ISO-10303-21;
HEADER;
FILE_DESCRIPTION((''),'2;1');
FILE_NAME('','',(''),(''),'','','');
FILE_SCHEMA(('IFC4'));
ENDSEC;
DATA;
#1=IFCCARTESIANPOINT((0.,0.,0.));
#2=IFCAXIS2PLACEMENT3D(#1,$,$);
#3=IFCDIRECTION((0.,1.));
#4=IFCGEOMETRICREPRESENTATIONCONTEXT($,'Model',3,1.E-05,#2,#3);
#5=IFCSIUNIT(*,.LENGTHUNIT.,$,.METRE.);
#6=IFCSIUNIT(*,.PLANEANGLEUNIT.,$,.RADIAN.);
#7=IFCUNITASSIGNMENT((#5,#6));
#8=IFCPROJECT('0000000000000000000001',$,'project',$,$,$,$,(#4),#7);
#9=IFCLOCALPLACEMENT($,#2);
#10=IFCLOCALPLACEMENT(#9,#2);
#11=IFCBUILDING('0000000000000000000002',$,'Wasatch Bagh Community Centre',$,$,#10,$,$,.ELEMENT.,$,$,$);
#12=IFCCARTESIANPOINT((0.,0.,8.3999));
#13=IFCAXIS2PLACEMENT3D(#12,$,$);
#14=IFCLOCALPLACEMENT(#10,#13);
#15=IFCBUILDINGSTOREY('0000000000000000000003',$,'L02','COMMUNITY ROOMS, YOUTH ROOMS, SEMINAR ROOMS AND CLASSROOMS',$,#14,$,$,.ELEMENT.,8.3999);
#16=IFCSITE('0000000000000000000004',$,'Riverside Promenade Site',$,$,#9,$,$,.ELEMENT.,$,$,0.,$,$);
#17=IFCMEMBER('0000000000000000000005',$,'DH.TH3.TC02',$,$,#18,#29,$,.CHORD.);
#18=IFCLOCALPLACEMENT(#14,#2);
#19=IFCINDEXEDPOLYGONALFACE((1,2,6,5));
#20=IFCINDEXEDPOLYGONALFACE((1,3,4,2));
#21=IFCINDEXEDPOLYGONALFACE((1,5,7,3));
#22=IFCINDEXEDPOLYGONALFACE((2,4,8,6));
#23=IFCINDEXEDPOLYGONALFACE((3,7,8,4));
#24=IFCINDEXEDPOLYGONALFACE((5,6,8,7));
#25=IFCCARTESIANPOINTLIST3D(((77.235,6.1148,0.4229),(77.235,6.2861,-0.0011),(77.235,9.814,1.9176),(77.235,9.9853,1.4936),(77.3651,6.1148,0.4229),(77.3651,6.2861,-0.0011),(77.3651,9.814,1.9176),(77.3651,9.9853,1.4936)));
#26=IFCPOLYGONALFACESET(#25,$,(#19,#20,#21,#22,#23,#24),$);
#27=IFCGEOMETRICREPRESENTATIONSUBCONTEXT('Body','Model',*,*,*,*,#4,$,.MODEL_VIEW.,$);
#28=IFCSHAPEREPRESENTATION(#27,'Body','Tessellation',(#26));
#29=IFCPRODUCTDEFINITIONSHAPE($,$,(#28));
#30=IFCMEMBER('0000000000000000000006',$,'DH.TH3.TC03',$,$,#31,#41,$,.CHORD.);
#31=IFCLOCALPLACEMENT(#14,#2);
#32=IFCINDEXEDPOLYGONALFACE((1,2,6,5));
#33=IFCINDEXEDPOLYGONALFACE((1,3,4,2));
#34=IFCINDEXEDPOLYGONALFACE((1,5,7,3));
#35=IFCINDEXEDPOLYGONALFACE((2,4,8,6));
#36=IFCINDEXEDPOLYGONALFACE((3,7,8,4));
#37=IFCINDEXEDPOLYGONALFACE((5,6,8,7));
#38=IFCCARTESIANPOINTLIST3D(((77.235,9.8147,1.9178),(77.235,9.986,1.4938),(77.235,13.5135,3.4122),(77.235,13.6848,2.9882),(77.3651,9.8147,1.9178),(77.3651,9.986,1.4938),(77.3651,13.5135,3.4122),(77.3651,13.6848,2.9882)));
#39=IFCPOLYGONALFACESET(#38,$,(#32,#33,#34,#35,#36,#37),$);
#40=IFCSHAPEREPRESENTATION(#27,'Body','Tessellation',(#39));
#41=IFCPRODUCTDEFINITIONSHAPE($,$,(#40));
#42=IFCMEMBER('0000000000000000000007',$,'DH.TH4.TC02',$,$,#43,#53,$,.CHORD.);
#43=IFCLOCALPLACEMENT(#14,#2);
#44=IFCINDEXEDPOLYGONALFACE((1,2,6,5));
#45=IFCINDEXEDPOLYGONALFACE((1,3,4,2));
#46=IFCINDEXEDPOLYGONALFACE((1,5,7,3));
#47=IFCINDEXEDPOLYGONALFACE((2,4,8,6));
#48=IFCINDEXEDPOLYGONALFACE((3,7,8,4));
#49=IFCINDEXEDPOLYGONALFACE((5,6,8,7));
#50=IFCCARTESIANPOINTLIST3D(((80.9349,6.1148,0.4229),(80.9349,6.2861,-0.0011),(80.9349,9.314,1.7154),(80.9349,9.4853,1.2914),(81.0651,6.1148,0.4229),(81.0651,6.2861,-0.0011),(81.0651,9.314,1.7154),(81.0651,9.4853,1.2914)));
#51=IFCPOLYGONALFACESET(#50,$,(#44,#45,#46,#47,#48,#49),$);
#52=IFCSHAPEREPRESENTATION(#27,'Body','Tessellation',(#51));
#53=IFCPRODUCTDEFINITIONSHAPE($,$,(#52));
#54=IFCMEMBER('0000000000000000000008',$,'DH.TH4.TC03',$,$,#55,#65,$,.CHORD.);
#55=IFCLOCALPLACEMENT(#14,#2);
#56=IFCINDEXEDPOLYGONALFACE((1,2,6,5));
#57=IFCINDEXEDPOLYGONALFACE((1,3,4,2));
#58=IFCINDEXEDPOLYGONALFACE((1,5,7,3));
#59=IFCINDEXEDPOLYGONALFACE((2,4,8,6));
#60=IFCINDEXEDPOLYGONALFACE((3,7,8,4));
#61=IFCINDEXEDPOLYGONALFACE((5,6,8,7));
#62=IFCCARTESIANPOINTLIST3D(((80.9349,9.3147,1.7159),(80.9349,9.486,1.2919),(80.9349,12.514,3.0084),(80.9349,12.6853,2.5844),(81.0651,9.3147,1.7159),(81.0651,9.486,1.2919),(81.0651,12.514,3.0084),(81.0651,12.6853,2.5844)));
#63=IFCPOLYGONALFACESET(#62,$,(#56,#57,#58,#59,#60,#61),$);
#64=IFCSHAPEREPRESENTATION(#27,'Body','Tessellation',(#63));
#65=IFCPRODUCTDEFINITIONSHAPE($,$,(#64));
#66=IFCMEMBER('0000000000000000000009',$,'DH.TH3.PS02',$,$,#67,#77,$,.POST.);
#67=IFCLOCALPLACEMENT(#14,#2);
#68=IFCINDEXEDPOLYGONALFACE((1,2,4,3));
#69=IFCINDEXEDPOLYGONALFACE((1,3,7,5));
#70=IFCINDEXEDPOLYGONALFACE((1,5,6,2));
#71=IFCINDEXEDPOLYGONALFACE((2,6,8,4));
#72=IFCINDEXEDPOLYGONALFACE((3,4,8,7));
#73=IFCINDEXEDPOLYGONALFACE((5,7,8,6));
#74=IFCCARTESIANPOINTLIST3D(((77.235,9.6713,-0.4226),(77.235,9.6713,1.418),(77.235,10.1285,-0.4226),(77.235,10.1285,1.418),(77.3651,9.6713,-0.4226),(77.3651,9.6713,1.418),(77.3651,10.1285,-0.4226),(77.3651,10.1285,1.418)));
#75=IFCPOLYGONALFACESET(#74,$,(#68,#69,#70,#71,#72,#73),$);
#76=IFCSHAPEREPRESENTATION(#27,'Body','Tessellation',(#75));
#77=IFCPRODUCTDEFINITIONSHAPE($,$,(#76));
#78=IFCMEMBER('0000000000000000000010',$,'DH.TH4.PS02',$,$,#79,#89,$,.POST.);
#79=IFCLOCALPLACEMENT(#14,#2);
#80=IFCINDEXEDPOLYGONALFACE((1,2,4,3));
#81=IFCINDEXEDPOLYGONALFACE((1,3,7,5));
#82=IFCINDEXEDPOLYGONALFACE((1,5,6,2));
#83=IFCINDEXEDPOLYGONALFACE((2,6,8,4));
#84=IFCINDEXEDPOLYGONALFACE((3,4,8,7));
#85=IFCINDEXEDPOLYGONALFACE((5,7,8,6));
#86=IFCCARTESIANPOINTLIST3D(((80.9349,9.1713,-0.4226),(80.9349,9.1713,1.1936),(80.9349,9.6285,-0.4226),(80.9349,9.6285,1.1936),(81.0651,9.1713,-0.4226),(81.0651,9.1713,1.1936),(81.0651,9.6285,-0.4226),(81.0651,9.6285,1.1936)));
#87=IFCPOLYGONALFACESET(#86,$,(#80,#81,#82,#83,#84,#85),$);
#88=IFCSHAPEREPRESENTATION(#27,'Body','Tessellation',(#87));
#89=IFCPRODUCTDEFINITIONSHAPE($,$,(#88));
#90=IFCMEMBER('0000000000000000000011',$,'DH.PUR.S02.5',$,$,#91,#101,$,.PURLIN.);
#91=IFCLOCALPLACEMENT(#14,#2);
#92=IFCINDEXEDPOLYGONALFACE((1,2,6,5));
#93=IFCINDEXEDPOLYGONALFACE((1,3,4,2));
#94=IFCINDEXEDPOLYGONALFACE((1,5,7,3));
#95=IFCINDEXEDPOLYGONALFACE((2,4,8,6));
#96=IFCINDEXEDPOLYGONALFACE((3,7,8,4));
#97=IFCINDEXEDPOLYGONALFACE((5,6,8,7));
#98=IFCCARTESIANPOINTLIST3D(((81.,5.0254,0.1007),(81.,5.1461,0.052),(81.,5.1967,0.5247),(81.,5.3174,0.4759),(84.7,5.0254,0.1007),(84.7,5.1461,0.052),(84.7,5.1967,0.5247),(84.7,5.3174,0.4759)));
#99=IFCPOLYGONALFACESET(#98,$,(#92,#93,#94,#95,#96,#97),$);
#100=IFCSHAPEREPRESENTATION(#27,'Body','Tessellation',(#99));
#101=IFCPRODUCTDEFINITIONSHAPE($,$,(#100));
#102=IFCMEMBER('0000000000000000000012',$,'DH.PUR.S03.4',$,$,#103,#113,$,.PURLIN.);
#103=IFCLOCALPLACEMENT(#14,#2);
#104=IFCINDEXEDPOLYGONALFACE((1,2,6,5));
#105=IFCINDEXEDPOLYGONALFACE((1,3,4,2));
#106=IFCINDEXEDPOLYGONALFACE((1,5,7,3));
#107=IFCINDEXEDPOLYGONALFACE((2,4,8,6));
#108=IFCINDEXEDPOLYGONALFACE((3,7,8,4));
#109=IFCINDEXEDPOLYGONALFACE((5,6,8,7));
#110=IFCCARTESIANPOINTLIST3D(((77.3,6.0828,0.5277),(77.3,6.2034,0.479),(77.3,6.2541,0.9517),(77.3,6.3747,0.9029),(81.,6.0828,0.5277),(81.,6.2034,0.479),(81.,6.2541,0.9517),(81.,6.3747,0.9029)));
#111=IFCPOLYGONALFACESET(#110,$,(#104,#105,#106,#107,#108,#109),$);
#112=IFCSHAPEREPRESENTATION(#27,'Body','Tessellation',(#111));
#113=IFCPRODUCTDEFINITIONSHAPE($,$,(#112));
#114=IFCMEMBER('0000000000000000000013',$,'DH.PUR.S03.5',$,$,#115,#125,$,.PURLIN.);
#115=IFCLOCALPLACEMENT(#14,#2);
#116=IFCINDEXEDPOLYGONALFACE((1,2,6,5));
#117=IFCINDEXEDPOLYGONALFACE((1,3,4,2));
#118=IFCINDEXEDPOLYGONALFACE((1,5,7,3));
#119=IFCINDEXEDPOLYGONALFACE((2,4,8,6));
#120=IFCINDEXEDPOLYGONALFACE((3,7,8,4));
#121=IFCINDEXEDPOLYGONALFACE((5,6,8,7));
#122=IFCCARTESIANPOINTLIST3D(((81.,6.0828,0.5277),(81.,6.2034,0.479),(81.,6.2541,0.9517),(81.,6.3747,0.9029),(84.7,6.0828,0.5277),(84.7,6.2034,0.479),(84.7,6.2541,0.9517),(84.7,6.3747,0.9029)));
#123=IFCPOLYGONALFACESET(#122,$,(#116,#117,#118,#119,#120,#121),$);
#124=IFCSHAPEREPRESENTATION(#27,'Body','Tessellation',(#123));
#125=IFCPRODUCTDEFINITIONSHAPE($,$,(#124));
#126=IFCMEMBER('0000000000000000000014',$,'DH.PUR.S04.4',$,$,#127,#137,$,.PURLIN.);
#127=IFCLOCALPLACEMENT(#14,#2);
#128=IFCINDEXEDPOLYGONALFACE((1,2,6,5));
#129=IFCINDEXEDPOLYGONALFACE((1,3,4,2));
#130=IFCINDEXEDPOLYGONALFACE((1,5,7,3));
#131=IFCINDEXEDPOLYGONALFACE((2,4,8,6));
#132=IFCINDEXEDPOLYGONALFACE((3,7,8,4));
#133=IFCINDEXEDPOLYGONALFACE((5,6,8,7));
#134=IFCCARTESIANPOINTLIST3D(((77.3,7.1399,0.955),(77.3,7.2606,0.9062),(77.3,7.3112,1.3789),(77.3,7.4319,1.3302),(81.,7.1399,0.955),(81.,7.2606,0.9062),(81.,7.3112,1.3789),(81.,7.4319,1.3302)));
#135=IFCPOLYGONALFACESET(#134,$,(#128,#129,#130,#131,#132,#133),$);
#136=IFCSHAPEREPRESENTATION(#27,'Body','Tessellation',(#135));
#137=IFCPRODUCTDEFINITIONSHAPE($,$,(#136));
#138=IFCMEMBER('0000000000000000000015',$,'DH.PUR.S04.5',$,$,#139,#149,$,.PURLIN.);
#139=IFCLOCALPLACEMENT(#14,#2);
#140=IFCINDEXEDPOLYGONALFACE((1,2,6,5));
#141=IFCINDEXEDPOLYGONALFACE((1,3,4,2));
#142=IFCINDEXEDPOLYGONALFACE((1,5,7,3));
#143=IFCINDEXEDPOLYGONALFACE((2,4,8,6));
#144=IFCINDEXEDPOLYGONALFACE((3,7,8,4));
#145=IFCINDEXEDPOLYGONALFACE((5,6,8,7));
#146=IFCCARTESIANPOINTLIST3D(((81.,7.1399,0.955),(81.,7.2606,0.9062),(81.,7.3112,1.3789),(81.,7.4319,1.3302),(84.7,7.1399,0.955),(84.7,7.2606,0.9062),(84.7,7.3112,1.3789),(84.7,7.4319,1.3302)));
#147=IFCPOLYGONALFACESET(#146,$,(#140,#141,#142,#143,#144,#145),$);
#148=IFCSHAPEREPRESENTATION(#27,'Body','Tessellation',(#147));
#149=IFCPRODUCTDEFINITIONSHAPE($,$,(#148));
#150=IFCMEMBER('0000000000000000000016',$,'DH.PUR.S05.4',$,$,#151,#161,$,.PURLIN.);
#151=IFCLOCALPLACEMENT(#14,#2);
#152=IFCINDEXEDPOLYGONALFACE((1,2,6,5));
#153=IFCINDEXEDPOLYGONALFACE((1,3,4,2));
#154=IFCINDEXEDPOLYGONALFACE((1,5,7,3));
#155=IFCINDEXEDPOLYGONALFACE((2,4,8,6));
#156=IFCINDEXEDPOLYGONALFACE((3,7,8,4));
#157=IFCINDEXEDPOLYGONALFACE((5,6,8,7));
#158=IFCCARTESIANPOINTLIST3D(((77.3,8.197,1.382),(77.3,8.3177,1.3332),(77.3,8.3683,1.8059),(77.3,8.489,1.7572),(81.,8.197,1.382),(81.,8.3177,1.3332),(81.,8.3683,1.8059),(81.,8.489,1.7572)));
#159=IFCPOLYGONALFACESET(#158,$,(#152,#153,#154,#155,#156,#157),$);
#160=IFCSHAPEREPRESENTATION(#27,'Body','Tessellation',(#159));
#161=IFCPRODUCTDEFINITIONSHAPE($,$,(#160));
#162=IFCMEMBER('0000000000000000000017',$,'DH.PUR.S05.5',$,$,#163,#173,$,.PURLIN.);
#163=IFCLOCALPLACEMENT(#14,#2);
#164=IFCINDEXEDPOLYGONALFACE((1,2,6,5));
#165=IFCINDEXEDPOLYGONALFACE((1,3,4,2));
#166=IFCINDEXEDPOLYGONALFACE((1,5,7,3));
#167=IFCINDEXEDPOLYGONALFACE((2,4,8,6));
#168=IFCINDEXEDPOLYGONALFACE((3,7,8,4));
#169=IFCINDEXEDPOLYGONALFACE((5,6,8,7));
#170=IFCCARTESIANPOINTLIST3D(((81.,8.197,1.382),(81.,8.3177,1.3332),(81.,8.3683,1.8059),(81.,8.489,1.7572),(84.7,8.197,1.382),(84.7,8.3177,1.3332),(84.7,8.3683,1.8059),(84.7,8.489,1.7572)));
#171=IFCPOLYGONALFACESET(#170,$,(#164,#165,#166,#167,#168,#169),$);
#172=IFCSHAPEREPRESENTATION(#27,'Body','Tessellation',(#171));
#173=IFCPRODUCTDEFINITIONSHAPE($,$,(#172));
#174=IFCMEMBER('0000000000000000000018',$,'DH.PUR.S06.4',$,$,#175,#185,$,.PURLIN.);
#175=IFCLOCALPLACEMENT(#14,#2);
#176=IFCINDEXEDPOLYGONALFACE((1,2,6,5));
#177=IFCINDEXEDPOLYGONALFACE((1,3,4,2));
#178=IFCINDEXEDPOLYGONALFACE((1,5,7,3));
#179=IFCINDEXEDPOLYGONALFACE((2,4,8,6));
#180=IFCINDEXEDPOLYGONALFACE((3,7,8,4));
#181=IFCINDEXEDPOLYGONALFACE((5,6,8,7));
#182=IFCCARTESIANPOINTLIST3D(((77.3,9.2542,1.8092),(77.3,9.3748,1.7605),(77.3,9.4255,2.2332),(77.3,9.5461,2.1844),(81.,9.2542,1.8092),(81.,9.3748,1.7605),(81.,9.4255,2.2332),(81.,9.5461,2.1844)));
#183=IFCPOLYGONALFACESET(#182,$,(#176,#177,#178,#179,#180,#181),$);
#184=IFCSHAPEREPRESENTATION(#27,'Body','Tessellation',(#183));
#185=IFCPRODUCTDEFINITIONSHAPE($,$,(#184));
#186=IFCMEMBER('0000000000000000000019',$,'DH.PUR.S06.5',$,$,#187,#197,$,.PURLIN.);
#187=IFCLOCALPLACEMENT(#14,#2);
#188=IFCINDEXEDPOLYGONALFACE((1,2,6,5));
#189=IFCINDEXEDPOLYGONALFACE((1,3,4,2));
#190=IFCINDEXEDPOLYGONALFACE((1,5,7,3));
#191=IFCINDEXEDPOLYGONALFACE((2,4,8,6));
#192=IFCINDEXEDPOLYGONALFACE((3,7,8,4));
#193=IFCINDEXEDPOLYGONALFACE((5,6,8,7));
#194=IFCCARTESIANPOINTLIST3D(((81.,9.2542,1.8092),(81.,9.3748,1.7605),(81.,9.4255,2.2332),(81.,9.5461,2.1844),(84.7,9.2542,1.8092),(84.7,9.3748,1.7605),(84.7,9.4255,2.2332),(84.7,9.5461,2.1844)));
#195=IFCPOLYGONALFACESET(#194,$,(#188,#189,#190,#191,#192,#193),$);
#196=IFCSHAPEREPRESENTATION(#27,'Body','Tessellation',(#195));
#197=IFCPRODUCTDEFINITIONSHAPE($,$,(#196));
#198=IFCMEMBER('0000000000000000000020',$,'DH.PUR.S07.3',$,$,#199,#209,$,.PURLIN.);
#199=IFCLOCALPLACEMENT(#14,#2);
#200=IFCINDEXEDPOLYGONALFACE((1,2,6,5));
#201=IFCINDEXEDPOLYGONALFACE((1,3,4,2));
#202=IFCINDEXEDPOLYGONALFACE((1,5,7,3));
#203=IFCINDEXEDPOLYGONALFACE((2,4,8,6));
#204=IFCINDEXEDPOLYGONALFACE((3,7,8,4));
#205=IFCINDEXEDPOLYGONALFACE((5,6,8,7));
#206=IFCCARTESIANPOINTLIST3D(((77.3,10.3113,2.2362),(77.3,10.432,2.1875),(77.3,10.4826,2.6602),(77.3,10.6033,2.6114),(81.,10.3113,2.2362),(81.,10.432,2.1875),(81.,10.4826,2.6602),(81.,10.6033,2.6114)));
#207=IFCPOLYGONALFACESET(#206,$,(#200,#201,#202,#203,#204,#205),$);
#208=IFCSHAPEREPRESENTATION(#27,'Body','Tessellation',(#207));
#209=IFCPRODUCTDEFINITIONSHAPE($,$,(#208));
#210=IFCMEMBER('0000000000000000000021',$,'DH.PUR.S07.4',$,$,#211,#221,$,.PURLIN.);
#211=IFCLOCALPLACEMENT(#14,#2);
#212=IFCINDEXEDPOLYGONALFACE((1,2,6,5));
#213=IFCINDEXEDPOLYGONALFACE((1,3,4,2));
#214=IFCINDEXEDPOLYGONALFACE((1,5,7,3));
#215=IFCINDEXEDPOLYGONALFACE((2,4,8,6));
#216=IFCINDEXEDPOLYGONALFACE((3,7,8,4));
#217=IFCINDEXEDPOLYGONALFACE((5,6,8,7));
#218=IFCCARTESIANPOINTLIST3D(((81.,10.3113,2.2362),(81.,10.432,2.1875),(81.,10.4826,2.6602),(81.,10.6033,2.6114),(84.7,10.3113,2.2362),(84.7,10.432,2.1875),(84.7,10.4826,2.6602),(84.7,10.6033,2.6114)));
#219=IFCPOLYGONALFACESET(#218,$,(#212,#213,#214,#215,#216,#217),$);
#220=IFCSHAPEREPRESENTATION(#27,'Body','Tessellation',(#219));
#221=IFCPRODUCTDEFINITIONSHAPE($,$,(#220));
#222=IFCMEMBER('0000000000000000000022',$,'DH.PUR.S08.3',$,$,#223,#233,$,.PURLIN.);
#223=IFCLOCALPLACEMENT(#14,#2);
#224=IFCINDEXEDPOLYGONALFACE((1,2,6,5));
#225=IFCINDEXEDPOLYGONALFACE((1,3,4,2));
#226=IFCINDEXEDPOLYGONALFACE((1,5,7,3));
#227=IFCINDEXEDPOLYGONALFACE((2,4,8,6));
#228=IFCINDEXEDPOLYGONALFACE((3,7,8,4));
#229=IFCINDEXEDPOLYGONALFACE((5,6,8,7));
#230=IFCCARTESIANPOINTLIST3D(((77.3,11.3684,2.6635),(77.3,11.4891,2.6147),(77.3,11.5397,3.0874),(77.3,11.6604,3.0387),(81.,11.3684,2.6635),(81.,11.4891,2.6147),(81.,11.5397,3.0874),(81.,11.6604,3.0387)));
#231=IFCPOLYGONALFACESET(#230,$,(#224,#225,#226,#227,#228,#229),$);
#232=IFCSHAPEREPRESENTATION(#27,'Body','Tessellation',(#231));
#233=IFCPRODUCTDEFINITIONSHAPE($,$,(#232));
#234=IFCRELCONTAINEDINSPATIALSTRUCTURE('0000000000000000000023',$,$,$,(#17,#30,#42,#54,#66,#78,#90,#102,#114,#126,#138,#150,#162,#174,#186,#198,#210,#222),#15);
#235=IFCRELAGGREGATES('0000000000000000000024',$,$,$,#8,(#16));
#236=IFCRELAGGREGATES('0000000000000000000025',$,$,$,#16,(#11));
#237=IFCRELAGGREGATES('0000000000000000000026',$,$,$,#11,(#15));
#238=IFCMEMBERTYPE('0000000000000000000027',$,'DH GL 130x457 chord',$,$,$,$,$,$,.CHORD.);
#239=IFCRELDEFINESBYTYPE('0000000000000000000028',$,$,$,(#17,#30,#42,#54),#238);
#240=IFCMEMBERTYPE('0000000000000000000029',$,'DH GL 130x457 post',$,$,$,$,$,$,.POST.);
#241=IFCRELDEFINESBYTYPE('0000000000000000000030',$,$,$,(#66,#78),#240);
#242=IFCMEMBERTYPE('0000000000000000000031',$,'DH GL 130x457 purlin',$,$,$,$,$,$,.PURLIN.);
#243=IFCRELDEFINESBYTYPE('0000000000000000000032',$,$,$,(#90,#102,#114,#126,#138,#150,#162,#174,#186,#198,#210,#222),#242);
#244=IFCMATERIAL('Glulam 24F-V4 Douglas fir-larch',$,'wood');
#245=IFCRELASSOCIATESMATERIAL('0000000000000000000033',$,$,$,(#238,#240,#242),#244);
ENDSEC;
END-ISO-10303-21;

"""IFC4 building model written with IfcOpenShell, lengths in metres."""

from ifc_helpers import new_model, si_unit, direction, frame, origin, origin_2d, place, context, subcontext, project, spatial, rectangle, extrude, material, material_profile, profile_set, type_object, element, save


model = new_model("IFC4")

# Units and contexts
model_context = context("Model", 3, precision=1e-05, world=origin(), true_north=direction((0.0, 1.0)))
body_context = subcontext(model_context, "Body", "Model", "MODEL_VIEW")
ifc_project = project(units=[si_unit("LENGTHUNIT", "METRE"), si_unit("PLANEANGLEUNIT", "RADIAN")], contexts=[model_context])

# Site, building, storey
site_placement = place(None, origin())
site = spatial("IfcSite", under=ifc_project, at=site_placement, Name="Riverside Promenade Site", CompositionType="ELEMENT", RefElevation=0.0)
building_placement = place(site_placement, origin())
building = spatial("IfcBuilding", under=site, at=building_placement, Name="Wasatch Bagh Community Centre", CompositionType="ELEMENT")
storey_placement = place(building_placement, frame((0.0, 0.0, 8.3999)))
storey = spatial("IfcBuildingStorey", under=building, at=storey_placement, Name="L02", Description="COMMUNITY ROOMS, YOUTH ROOMS, SEMINAR ROOMS AND CLASSROOMS", CompositionType="ELEMENT", Elevation=8.3999)

# Members
ifc_material_1 = material(Name="Glulam 24F-V4 Douglas fir-larch", Category="wood")
ifc_material_profile_1 = material_profile(ifc_material_1, rectangle(XDim=0.1301, YDim=0.4573, at=origin_2d()), Name="GL 130x457")
ifc_profile_set_1 = profile_set([ifc_material_profile_1], Name="Glulam 24F-V4 Douglas fir-larch")
member_type_1 = type_object("IfcMemberType", Name="DH GL 130x457 chord", PredefinedType="CHORD", material=ifc_profile_set_1)
member_1_placement = place(storey_placement, frame((77.3, 6.2004, 0.2109), z_axis=(0.0, 0.92718, 0.374617), x_axis=(-1.0, 0.0, 0.0)))
element("IfcMember", 1, at=member_1_placement, inside=storey, type_object=member_type_1, Name="DH.TH3.TC02", PredefinedType="CHORD", context=body_context, shape_type="SweptSolid", body=[
    extrude(rectangle(XDim=0.1301, YDim=0.4573, at=origin_2d()), origin(), (0.0, 0.0, 1.0), 3.9897),
])
member_2_placement = place(storey_placement, frame((77.3, 9.9004, 1.7058), z_axis=(0.0, 0.927184, 0.374607), x_axis=(-1.0, 0.0, 0.0)))
element("IfcMember", 2, at=member_2_placement, inside=storey, type_object=member_type_1, Name="DH.TH3.TC03", PredefinedType="CHORD", context=body_context, shape_type="SweptSolid", body=[
    extrude(rectangle(XDim=0.1301, YDim=0.4573, at=origin_2d()), origin(), (0.0, 0.0, 1.0), 3.9893),
])
for number, where, z_axis, x_axis, name in (
    (3, (81.0, 6.2004, 0.2109), (0.0, 0.927193, 0.374585), (-1.0, 0.0, 0.0), "DH.TH4.TC02"),
    (4, (81.0, 9.4004, 1.5039), (0.0, 0.927193, 0.374585), (-1.0, 0.0, 0.0), "DH.TH4.TC03"),
):
    element("IfcMember", number, at=place(storey_placement, frame(where, z_axis=z_axis, x_axis=x_axis)), inside=storey, type_object=member_type_1, Name=name, PredefinedType="CHORD", context=body_context, shape_type="SweptSolid", body=[
        extrude(rectangle(XDim=0.1301, YDim=0.4573, at=origin_2d()), origin(), (0.0, 0.0, 1.0), 3.4504),
    ])
ifc_material_profile_2 = material_profile(ifc_material_1, rectangle(XDim=0.1301, YDim=0.4573, at=origin_2d()), Name="GL 130x457")
ifc_profile_set_2 = profile_set([ifc_material_profile_2], Name="Glulam 24F-V4 Douglas fir-larch")
member_type_2 = type_object("IfcMemberType", Name="DH GL 130x457 post", PredefinedType="POST", material=ifc_profile_set_2)
member_3_placement = place(storey_placement, frame((77.3, 9.8999, -0.4226), z_axis=(0.0, 0.0, 1.0), x_axis=(1.0, 0.0, 0.0)))
element("IfcMember", 5, at=member_3_placement, inside=storey, type_object=member_type_2, Name="DH.TH3.PS02", PredefinedType="POST", context=body_context, shape_type="SweptSolid", body=[
    extrude(rectangle(XDim=0.1301, YDim=0.4573, at=origin_2d()), origin(), (0.0, 0.0, 1.0), 1.8406),
])
member_4_placement = place(storey_placement, frame((81.0, 9.3999, -0.4226), z_axis=(0.0, 0.0, 1.0), x_axis=(1.0, 0.0, 0.0)))
element("IfcMember", 6, at=member_4_placement, inside=storey, type_object=member_type_2, Name="DH.TH4.PS02", PredefinedType="POST", context=body_context, shape_type="SweptSolid", body=[
    extrude(rectangle(XDim=0.1301, YDim=0.4573, at=origin_2d()), origin(), (0.0, 0.0, 1.0), 1.6162),
])
ifc_material_profile_3 = material_profile(ifc_material_1, rectangle(XDim=0.1301, YDim=0.4573, at=origin_2d()), Name="GL 130x457")
ifc_profile_set_3 = profile_set([ifc_material_profile_3], Name="Glulam 24F-V4 Douglas fir-larch")
member_type_3 = type_object("IfcMemberType", Name="DH GL 130x457 purlin", PredefinedType="PURLIN", material=ifc_profile_set_3)
for number, where, z_axis, x_axis, name in (
    (7, (81.0, 5.1714, 0.2883), (1.0, 0.0, 0.0), (0.0, 0.927184, -0.374607), "DH.PUR.S02.5"),
    (8, (77.3, 6.2288, 0.7153), (1.0, 0.0, 0.0), (0.0, 0.927184, -0.374607), "DH.PUR.S03.4"),
    (9, (81.0, 6.2288, 0.7153), (1.0, 0.0, 0.0), (0.0, 0.927184, -0.374607), "DH.PUR.S03.5"),
    (10, (77.3, 7.2859, 1.1426), (1.0, 0.0, 0.0), (0.0, 0.927184, -0.374607), "DH.PUR.S04.4"),
    (11, (81.0, 7.2859, 1.1426), (1.0, 0.0, 0.0), (0.0, 0.927184, -0.374607), "DH.PUR.S04.5"),
    (12, (77.3, 8.343, 1.5696), (1.0, 0.0, 0.0), (0.0, 0.927184, -0.374607), "DH.PUR.S05.4"),
    (13, (81.0, 8.343, 1.5696), (1.0, 0.0, 0.0), (0.0, 0.927184, -0.374607), "DH.PUR.S05.5"),
    (14, (77.3, 9.4001, 1.9968), (1.0, 0.0, 0.0), (0.0, 0.927184, -0.374607), "DH.PUR.S06.4"),
    (15, (81.0, 9.4001, 1.9968), (1.0, 0.0, 0.0), (0.0, 0.927184, -0.374607), "DH.PUR.S06.5"),
    (16, (77.3, 10.4573, 2.4238), (1.0, 0.0, 0.0), (0.0, 0.927184, -0.374607), "DH.PUR.S07.3"),
    (17, (81.0, 10.4573, 2.4238), (1.0, 0.0, 0.0), (0.0, 0.927184, -0.374607), "DH.PUR.S07.4"),
    (18, (77.3, 11.5144, 2.8511), (1.0, 0.0, 0.0), (0.0, 0.927184, -0.374607), "DH.PUR.S08.3"),
):
    element("IfcMember", number, at=place(storey_placement, frame(where, z_axis=z_axis, x_axis=x_axis)), inside=storey, type_object=member_type_3, Name=name, PredefinedType="PURLIN", context=body_context, shape_type="SweptSolid", body=[
        extrude(rectangle(XDim=0.1301, YDim=0.4573, at=origin_2d()), origin(), (0.0, 0.0, 1.0), 3.7),
    ])

save(model, "model.ifc")
